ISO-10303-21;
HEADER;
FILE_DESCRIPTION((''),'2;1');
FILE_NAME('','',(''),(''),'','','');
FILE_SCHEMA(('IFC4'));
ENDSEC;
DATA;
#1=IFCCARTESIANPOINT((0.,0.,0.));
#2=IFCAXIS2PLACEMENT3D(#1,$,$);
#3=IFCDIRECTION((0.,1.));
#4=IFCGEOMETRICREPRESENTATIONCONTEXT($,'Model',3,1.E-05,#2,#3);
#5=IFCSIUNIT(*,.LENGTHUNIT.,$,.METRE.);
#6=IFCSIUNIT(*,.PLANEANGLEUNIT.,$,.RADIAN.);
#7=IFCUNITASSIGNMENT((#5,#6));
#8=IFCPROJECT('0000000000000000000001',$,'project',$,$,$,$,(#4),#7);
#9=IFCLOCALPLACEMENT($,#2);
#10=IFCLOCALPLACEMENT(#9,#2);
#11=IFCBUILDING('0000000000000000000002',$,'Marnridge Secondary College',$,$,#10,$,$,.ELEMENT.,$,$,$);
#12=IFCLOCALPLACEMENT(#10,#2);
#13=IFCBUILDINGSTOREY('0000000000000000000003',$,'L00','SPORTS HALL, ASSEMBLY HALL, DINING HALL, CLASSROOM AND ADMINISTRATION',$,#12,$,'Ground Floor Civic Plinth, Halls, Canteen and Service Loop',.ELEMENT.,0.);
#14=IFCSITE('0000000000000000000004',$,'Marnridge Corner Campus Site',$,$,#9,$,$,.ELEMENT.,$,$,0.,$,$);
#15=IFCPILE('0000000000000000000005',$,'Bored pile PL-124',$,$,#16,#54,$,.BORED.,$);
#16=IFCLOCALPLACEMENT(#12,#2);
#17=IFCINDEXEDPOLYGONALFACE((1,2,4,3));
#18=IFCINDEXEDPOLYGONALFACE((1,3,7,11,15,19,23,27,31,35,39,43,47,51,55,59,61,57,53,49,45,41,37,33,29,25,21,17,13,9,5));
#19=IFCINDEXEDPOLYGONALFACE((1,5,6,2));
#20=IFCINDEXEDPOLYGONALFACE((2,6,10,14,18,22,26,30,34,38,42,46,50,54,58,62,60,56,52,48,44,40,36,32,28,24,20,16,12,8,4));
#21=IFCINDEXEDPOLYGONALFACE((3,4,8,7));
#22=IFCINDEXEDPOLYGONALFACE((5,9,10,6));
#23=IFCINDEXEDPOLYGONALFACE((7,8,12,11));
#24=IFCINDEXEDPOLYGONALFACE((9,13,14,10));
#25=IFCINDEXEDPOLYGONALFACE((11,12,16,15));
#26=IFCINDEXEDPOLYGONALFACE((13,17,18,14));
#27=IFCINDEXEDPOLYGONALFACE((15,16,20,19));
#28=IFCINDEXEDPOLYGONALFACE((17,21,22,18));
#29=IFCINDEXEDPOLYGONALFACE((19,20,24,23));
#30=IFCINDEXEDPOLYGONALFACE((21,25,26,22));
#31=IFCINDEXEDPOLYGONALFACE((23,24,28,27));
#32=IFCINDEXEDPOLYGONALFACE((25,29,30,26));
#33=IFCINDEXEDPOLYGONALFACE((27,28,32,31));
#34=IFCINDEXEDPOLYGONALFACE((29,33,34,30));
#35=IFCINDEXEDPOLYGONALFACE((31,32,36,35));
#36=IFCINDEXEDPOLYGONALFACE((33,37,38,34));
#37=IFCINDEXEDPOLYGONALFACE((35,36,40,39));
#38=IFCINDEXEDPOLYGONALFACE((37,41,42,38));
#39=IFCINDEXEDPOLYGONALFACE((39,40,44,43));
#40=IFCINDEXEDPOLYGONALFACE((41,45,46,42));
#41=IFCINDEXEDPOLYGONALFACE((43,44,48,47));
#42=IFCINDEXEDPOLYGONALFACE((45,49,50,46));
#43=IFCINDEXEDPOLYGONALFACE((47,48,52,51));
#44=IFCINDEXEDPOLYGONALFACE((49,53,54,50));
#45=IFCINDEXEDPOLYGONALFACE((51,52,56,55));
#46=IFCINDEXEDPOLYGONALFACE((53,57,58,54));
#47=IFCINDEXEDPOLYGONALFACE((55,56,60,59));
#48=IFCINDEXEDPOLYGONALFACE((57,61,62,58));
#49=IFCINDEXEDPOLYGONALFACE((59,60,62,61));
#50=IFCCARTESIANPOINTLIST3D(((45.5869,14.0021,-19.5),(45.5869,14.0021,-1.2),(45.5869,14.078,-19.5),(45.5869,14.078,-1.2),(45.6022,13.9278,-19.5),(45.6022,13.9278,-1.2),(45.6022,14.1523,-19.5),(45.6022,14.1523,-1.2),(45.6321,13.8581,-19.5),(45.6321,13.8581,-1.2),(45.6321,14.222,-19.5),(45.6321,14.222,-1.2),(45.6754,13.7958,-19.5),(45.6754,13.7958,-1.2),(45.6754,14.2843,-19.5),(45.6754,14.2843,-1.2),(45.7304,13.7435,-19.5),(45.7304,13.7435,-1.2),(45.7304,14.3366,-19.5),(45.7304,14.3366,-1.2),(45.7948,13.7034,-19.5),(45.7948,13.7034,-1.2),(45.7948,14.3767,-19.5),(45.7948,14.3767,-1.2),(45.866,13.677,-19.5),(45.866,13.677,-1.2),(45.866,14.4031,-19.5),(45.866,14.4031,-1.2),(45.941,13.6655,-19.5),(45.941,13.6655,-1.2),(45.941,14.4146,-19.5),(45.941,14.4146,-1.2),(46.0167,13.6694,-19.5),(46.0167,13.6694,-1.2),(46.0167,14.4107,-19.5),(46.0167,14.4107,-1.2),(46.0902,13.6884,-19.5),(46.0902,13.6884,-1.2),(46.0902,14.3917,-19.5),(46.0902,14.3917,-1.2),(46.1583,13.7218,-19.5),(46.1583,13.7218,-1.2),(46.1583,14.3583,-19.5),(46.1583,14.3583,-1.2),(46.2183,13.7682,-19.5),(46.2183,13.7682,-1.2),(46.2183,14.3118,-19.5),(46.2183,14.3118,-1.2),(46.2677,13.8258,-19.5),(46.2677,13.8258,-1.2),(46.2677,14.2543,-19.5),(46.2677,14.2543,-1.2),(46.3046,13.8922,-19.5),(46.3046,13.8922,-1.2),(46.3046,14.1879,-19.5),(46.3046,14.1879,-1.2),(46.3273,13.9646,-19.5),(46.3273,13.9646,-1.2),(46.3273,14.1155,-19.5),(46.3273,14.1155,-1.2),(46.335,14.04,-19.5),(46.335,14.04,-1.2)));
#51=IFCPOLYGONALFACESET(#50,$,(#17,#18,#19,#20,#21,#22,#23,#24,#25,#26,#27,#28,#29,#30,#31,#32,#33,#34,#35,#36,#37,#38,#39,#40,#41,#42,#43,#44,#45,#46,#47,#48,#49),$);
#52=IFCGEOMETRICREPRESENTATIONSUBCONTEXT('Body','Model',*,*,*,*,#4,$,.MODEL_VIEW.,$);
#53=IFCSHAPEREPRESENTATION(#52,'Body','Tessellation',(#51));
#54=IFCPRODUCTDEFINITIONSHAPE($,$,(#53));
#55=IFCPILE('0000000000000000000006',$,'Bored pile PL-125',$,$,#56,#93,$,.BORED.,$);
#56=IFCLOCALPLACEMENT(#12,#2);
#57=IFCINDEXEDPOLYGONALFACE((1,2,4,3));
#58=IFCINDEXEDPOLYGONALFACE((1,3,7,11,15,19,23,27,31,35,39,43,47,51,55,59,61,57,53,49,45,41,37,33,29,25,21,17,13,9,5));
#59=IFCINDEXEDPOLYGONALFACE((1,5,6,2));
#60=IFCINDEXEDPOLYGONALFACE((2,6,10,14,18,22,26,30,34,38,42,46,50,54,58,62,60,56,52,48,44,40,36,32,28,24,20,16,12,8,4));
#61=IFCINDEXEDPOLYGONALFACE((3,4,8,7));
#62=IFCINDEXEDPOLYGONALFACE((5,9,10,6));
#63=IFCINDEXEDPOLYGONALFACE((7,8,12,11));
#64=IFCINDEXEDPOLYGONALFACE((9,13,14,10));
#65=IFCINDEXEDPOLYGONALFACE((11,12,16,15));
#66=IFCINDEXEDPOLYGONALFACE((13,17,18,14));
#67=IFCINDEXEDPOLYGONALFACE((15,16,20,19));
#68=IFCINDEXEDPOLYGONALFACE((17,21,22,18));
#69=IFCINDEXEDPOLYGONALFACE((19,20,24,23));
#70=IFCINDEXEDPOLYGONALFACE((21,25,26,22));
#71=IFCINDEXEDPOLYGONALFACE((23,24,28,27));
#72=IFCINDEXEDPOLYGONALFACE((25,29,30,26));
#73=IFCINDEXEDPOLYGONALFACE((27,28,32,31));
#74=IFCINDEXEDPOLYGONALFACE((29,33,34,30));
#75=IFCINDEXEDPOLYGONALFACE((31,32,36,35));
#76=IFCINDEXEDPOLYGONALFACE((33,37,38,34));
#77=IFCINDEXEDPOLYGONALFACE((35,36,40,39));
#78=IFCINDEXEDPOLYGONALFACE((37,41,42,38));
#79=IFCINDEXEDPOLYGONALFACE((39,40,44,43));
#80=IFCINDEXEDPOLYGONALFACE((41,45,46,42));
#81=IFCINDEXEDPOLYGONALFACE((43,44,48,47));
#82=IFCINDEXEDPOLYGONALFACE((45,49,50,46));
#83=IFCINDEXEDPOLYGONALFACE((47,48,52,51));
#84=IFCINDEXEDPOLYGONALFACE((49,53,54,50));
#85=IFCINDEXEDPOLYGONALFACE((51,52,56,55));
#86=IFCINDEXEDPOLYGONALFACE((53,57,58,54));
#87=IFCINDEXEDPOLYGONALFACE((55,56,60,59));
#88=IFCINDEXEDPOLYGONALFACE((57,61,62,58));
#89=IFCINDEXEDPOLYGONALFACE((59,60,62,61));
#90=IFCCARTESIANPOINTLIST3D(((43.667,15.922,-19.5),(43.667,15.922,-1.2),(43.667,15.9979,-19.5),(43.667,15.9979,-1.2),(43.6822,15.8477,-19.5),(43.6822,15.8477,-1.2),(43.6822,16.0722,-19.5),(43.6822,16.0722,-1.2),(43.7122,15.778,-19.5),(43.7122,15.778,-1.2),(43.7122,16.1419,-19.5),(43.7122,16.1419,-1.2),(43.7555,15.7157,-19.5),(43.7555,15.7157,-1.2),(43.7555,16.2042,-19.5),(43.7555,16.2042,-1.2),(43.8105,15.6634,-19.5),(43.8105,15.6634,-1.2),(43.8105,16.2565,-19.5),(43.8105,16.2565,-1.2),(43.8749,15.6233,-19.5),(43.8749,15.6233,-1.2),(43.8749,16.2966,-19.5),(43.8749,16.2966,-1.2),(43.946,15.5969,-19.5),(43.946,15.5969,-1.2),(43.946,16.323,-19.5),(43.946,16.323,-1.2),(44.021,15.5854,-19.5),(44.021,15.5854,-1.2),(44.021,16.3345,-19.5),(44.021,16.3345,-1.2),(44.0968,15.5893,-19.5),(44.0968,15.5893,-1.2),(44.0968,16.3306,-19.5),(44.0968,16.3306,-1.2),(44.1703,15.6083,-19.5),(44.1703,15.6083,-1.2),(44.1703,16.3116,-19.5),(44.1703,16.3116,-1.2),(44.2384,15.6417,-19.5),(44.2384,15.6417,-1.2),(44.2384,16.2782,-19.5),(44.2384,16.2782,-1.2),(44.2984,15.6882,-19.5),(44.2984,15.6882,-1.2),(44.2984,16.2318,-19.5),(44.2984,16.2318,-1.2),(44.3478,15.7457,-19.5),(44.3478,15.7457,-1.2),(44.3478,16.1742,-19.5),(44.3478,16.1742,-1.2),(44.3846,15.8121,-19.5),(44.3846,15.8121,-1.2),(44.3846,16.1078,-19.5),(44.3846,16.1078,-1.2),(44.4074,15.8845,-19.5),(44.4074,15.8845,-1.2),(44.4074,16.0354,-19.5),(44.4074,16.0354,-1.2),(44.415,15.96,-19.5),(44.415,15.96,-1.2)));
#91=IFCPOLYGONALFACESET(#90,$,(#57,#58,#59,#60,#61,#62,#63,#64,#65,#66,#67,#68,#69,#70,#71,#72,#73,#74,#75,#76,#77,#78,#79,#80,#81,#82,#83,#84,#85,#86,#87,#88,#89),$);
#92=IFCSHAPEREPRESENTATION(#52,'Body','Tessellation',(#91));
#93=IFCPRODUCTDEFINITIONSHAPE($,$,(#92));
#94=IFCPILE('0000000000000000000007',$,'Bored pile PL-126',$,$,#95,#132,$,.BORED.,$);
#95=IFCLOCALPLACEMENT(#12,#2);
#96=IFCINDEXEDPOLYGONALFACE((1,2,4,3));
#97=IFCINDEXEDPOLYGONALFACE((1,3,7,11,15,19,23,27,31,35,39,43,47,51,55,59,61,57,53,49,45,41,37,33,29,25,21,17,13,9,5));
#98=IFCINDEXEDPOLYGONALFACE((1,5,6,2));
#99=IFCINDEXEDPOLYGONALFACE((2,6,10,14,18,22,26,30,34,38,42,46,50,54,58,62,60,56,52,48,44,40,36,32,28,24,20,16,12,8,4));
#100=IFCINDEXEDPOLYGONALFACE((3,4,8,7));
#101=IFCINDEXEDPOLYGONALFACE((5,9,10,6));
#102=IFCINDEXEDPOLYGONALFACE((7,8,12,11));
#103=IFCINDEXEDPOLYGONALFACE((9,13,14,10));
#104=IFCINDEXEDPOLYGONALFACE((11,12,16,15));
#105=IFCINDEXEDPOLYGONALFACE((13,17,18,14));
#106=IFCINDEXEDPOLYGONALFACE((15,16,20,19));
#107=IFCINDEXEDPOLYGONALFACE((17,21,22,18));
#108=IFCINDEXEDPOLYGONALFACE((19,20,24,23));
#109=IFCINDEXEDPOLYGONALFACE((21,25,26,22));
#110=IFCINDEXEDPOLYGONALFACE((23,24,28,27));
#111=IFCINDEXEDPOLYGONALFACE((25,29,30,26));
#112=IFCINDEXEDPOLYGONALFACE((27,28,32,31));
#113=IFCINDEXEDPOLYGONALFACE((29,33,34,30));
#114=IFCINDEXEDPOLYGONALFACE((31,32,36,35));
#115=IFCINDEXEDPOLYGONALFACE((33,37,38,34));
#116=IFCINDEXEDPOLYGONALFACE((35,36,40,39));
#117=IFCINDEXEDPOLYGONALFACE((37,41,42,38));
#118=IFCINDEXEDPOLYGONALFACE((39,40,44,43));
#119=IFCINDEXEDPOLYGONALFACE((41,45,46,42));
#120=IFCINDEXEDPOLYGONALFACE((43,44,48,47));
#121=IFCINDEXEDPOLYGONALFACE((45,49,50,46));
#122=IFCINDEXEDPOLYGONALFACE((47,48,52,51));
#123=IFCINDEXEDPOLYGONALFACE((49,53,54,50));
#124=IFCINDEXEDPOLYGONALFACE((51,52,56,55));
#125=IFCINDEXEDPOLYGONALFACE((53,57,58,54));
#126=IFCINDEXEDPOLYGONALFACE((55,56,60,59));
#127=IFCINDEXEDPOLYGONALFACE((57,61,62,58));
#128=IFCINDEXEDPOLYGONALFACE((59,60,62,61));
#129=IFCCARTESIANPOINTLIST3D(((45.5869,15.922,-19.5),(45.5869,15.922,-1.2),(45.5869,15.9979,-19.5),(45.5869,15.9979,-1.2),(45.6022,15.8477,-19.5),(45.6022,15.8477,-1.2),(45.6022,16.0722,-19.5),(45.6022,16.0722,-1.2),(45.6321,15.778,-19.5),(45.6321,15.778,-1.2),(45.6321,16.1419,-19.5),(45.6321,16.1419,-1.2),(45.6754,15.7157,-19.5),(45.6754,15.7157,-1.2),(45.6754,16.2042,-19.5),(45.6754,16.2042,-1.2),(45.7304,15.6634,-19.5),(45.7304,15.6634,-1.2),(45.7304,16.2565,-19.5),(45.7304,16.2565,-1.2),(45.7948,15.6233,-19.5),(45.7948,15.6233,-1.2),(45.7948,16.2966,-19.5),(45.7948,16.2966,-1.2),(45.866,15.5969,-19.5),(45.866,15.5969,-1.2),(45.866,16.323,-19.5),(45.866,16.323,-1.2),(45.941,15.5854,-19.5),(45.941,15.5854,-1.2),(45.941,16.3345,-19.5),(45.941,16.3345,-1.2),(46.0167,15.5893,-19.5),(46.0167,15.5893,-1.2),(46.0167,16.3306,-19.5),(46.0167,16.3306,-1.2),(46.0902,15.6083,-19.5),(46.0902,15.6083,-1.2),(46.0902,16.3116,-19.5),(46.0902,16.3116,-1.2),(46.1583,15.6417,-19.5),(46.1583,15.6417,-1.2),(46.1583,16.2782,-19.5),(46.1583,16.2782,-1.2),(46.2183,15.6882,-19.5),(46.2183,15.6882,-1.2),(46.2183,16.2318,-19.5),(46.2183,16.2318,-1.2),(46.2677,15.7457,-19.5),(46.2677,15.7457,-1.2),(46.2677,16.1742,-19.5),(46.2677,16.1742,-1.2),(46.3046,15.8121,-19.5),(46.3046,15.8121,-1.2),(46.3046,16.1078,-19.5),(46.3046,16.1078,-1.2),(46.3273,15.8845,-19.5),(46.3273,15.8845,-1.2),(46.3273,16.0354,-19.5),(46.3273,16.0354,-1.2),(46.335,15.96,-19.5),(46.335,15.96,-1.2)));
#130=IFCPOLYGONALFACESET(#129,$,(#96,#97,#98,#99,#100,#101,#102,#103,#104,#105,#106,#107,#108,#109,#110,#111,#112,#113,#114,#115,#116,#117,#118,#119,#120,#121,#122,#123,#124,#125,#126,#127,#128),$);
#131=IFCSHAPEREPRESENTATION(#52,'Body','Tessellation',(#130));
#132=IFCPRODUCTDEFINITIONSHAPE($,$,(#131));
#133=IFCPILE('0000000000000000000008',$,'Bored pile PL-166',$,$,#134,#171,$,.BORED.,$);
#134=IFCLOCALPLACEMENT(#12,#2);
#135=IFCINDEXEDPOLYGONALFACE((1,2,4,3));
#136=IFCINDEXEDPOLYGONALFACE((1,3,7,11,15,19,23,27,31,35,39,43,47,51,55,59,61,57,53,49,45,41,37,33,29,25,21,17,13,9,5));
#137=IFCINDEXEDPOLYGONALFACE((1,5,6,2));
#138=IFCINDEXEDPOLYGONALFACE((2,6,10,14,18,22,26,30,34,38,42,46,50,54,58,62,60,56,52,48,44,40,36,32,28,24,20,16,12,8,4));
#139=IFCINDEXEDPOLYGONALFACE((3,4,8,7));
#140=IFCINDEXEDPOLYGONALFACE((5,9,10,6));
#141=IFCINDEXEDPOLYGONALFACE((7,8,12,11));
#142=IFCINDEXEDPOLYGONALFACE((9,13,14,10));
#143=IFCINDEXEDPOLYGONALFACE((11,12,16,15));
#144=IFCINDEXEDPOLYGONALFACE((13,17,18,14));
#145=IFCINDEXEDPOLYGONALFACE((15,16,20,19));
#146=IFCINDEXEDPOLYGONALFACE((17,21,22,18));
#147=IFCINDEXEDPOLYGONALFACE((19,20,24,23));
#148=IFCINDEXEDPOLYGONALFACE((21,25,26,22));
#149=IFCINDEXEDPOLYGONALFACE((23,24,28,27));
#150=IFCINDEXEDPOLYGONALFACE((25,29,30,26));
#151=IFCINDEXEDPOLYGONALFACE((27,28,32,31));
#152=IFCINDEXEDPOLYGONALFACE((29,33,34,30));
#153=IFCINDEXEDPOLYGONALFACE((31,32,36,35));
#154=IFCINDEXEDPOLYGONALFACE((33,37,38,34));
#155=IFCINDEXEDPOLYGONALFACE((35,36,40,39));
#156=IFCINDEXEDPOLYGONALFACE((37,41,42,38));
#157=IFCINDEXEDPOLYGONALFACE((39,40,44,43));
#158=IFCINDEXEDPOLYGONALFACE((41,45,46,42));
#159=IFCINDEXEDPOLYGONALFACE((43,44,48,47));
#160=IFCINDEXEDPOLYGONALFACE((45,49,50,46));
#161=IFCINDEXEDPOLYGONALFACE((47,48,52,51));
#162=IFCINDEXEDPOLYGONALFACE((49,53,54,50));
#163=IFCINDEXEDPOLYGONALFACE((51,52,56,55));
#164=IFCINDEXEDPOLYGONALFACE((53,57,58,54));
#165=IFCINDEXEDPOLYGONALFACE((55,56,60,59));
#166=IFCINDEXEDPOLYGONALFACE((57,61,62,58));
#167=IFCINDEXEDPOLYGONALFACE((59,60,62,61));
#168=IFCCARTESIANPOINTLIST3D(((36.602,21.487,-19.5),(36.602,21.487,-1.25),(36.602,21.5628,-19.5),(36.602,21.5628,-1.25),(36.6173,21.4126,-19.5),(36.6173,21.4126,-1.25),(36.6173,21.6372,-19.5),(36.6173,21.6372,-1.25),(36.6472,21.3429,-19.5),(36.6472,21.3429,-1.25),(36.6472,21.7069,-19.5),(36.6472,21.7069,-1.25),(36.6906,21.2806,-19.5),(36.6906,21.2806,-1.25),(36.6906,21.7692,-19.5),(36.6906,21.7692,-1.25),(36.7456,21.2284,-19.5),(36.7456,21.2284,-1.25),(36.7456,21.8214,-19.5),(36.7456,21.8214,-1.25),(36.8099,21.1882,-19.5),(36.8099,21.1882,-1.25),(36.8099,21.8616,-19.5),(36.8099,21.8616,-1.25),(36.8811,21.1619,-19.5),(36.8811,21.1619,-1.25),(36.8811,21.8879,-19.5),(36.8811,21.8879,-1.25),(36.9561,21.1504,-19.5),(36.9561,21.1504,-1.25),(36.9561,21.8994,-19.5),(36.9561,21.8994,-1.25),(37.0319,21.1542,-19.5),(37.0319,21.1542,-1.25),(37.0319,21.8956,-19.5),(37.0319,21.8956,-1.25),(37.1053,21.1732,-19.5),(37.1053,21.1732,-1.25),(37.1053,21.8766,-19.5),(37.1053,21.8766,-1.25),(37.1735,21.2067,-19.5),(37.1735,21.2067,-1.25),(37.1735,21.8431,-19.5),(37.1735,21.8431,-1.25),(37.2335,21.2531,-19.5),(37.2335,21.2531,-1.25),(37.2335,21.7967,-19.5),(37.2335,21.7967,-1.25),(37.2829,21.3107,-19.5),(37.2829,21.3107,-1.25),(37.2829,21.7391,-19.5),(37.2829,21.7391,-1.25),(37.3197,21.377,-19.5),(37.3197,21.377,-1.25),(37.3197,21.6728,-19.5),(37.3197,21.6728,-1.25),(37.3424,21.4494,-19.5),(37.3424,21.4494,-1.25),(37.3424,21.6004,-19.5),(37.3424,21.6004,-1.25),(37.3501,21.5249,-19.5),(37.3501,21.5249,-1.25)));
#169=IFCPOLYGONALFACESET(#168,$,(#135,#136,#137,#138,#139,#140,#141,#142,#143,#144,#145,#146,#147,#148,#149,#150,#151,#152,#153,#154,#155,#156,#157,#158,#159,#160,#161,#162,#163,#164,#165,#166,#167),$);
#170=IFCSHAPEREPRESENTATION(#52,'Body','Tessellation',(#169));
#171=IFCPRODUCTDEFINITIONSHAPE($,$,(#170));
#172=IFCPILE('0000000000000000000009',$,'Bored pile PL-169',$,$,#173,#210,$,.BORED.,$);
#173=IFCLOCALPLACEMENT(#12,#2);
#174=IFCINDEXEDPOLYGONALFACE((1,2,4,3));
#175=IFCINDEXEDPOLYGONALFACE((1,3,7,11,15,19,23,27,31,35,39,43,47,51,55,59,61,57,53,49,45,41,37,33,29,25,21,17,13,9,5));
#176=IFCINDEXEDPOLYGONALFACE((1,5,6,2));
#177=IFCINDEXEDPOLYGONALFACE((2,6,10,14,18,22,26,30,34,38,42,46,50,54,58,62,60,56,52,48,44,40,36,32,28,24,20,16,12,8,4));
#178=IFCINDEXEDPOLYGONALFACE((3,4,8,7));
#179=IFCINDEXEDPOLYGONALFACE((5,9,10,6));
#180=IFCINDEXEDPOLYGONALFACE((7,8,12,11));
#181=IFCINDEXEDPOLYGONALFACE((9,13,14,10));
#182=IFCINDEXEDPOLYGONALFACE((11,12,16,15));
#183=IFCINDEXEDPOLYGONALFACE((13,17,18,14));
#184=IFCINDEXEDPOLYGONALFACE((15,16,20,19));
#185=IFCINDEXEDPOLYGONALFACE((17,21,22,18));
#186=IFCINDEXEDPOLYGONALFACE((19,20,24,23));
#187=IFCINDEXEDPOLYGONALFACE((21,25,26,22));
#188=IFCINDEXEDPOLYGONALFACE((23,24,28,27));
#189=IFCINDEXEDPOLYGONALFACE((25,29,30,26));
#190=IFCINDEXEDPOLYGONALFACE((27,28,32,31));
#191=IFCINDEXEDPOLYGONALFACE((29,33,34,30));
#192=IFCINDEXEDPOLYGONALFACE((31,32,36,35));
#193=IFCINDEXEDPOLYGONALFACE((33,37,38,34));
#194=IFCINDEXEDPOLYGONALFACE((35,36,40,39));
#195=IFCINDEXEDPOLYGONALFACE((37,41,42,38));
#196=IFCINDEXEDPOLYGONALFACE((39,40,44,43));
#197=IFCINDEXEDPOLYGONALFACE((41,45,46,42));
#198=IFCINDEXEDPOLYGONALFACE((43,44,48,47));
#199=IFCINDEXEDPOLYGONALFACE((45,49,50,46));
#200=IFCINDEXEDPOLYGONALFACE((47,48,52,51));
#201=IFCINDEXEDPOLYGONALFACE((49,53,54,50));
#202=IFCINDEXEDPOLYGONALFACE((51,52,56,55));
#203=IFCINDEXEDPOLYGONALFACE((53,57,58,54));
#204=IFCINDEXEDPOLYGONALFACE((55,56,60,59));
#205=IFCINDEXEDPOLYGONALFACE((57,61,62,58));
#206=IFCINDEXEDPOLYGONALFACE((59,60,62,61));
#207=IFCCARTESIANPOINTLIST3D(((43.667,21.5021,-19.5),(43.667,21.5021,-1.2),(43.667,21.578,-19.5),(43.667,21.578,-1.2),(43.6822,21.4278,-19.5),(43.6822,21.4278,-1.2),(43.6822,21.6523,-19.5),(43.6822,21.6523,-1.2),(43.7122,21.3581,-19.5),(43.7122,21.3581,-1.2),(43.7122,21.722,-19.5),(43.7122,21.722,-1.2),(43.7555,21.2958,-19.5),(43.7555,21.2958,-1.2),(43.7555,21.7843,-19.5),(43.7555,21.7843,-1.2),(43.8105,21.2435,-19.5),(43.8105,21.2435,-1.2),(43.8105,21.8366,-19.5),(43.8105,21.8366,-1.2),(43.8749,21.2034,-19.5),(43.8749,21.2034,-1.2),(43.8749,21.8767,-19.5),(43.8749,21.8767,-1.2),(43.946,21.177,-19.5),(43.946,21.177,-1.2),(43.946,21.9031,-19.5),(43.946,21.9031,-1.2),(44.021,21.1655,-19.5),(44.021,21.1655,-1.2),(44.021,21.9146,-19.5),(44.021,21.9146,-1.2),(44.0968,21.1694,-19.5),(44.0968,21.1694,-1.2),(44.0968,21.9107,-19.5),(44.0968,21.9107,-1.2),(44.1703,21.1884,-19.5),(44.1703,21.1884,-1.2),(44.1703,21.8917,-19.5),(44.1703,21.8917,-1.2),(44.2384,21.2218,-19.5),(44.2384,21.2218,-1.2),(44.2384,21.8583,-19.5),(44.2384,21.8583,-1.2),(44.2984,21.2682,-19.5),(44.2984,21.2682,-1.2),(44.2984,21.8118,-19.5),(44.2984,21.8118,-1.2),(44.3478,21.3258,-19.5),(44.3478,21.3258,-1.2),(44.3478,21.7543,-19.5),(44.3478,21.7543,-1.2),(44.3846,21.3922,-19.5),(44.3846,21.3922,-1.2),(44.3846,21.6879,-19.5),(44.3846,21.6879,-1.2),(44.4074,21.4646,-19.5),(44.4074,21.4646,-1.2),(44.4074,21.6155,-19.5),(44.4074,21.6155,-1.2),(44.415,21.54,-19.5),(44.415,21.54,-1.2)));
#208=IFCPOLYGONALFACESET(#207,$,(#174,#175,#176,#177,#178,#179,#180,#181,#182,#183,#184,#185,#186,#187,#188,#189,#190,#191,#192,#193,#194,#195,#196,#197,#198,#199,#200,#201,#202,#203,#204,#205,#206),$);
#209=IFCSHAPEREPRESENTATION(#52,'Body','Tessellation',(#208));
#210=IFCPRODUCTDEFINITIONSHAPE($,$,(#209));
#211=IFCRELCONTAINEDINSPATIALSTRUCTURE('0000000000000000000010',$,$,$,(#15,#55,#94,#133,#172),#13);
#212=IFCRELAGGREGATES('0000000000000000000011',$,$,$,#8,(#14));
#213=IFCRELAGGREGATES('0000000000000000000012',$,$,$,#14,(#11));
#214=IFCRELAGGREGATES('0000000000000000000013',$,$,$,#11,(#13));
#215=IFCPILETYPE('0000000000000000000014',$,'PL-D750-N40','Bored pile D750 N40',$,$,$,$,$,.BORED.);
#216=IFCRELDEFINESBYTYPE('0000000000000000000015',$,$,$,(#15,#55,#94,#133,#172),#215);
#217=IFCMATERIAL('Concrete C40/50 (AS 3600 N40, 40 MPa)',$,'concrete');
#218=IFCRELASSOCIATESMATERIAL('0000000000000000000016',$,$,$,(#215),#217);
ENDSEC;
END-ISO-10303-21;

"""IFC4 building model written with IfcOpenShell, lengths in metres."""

from ifc_helpers import new_model, si_unit, direction, frame, origin, origin_2d, place, context, subcontext, project, spatial, circle, extrude, material, material_profile, profile_set, type_object, element, save


model = new_model("IFC4")

# Units and contexts
model_context = context("Model", 3, precision=1e-05, world=origin(), true_north=direction((0.0, 1.0)))
body_context = subcontext(model_context, "Body", "Model", "MODEL_VIEW")
ifc_project = project(units=[si_unit("LENGTHUNIT", "METRE"), si_unit("PLANEANGLEUNIT", "RADIAN")], contexts=[model_context])

# Site, building, storey
site_placement = place(None, origin())
site = spatial("IfcSite", under=ifc_project, at=site_placement, Name="Marnridge Corner Campus Site", CompositionType="ELEMENT", RefElevation=0.0)
building_placement = place(site_placement, origin())
building = spatial("IfcBuilding", under=site, at=building_placement, Name="Marnridge Secondary College", CompositionType="ELEMENT")
storey_placement = place(building_placement, origin())
storey = spatial("IfcBuildingStorey", under=building, at=storey_placement, Name="L00", Description="SPORTS HALL, ASSEMBLY HALL, DINING HALL, CLASSROOM AND ADMINISTRATION", LongName="Ground Floor Civic Plinth, Halls, Canteen and Service Loop", CompositionType="ELEMENT", Elevation=0.0)

# Piles
ifc_material_1 = material(Name="Concrete C40/50 (AS 3600 N40, 40 MPa)", Category="concrete")
ifc_material_profile_1 = material_profile(ifc_material_1, circle(Radius=0.375, at=origin_2d()), Name="PILE D750")
ifc_profile_set_1 = profile_set([ifc_material_profile_1], Name="Concrete C40/50 (AS 3600 N40, 40 MPa)")
pile_type = type_object("IfcPileType", Name="PL-D750-N40", Description="Bored pile D750 N40", PredefinedType="BORED", material=ifc_profile_set_1)
for number, where, z_axis, x_axis, name in (
    (1, (45.96, 14.04, -1.2), (0.0, 0.0, -1.0), (1.0, 0.0, 0.0), "Bored pile PL-124"),
    (2, (44.04, 15.96, -1.2), (0.0, 0.0, -1.0), (1.0, 0.0, 0.0), "Bored pile PL-125"),
    (3, (45.96, 15.96, -1.2), (0.0, 0.0, -1.0), (1.0, 0.0, 0.0), "Bored pile PL-126"),
):
    element("IfcPile", number, at=place(storey_placement, frame(where, z_axis=z_axis, x_axis=x_axis)), inside=storey, type_object=pile_type, Name=name, PredefinedType="BORED", context=body_context, shape_type="SweptSolid", body=[
        extrude(circle(Radius=0.375, at=origin_2d()), origin(), (0.0, 0.0, 1.0), 18.3),
    ])
pile_placement = place(storey_placement, frame((36.9751, 21.5249, -1.25), z_axis=(0.0, 0.0, -1.0), x_axis=(1.0, 0.0, 0.0)))
element("IfcPile", 4, at=pile_placement, inside=storey, type_object=pile_type, Name="Bored pile PL-166", PredefinedType="BORED", context=body_context, shape_type="SweptSolid", body=[
    extrude(circle(Radius=0.375, at=origin_2d()), origin(), (0.0, 0.0, 1.0), 18.25),
])
for number, where, z_axis, x_axis, name in (
    (5, (44.04, 21.54, -1.2), (0.0, 0.0, -1.0), (1.0, 0.0, 0.0), "Bored pile PL-169"),
):
    element("IfcPile", number, at=place(storey_placement, frame(where, z_axis=z_axis, x_axis=x_axis)), inside=storey, type_object=pile_type, Name=name, PredefinedType="BORED", context=body_context, shape_type="SweptSolid", body=[
        extrude(circle(Radius=0.375, at=origin_2d()), origin(), (0.0, 0.0, 1.0), 18.3),
    ])

save(model, "model.ifc")
